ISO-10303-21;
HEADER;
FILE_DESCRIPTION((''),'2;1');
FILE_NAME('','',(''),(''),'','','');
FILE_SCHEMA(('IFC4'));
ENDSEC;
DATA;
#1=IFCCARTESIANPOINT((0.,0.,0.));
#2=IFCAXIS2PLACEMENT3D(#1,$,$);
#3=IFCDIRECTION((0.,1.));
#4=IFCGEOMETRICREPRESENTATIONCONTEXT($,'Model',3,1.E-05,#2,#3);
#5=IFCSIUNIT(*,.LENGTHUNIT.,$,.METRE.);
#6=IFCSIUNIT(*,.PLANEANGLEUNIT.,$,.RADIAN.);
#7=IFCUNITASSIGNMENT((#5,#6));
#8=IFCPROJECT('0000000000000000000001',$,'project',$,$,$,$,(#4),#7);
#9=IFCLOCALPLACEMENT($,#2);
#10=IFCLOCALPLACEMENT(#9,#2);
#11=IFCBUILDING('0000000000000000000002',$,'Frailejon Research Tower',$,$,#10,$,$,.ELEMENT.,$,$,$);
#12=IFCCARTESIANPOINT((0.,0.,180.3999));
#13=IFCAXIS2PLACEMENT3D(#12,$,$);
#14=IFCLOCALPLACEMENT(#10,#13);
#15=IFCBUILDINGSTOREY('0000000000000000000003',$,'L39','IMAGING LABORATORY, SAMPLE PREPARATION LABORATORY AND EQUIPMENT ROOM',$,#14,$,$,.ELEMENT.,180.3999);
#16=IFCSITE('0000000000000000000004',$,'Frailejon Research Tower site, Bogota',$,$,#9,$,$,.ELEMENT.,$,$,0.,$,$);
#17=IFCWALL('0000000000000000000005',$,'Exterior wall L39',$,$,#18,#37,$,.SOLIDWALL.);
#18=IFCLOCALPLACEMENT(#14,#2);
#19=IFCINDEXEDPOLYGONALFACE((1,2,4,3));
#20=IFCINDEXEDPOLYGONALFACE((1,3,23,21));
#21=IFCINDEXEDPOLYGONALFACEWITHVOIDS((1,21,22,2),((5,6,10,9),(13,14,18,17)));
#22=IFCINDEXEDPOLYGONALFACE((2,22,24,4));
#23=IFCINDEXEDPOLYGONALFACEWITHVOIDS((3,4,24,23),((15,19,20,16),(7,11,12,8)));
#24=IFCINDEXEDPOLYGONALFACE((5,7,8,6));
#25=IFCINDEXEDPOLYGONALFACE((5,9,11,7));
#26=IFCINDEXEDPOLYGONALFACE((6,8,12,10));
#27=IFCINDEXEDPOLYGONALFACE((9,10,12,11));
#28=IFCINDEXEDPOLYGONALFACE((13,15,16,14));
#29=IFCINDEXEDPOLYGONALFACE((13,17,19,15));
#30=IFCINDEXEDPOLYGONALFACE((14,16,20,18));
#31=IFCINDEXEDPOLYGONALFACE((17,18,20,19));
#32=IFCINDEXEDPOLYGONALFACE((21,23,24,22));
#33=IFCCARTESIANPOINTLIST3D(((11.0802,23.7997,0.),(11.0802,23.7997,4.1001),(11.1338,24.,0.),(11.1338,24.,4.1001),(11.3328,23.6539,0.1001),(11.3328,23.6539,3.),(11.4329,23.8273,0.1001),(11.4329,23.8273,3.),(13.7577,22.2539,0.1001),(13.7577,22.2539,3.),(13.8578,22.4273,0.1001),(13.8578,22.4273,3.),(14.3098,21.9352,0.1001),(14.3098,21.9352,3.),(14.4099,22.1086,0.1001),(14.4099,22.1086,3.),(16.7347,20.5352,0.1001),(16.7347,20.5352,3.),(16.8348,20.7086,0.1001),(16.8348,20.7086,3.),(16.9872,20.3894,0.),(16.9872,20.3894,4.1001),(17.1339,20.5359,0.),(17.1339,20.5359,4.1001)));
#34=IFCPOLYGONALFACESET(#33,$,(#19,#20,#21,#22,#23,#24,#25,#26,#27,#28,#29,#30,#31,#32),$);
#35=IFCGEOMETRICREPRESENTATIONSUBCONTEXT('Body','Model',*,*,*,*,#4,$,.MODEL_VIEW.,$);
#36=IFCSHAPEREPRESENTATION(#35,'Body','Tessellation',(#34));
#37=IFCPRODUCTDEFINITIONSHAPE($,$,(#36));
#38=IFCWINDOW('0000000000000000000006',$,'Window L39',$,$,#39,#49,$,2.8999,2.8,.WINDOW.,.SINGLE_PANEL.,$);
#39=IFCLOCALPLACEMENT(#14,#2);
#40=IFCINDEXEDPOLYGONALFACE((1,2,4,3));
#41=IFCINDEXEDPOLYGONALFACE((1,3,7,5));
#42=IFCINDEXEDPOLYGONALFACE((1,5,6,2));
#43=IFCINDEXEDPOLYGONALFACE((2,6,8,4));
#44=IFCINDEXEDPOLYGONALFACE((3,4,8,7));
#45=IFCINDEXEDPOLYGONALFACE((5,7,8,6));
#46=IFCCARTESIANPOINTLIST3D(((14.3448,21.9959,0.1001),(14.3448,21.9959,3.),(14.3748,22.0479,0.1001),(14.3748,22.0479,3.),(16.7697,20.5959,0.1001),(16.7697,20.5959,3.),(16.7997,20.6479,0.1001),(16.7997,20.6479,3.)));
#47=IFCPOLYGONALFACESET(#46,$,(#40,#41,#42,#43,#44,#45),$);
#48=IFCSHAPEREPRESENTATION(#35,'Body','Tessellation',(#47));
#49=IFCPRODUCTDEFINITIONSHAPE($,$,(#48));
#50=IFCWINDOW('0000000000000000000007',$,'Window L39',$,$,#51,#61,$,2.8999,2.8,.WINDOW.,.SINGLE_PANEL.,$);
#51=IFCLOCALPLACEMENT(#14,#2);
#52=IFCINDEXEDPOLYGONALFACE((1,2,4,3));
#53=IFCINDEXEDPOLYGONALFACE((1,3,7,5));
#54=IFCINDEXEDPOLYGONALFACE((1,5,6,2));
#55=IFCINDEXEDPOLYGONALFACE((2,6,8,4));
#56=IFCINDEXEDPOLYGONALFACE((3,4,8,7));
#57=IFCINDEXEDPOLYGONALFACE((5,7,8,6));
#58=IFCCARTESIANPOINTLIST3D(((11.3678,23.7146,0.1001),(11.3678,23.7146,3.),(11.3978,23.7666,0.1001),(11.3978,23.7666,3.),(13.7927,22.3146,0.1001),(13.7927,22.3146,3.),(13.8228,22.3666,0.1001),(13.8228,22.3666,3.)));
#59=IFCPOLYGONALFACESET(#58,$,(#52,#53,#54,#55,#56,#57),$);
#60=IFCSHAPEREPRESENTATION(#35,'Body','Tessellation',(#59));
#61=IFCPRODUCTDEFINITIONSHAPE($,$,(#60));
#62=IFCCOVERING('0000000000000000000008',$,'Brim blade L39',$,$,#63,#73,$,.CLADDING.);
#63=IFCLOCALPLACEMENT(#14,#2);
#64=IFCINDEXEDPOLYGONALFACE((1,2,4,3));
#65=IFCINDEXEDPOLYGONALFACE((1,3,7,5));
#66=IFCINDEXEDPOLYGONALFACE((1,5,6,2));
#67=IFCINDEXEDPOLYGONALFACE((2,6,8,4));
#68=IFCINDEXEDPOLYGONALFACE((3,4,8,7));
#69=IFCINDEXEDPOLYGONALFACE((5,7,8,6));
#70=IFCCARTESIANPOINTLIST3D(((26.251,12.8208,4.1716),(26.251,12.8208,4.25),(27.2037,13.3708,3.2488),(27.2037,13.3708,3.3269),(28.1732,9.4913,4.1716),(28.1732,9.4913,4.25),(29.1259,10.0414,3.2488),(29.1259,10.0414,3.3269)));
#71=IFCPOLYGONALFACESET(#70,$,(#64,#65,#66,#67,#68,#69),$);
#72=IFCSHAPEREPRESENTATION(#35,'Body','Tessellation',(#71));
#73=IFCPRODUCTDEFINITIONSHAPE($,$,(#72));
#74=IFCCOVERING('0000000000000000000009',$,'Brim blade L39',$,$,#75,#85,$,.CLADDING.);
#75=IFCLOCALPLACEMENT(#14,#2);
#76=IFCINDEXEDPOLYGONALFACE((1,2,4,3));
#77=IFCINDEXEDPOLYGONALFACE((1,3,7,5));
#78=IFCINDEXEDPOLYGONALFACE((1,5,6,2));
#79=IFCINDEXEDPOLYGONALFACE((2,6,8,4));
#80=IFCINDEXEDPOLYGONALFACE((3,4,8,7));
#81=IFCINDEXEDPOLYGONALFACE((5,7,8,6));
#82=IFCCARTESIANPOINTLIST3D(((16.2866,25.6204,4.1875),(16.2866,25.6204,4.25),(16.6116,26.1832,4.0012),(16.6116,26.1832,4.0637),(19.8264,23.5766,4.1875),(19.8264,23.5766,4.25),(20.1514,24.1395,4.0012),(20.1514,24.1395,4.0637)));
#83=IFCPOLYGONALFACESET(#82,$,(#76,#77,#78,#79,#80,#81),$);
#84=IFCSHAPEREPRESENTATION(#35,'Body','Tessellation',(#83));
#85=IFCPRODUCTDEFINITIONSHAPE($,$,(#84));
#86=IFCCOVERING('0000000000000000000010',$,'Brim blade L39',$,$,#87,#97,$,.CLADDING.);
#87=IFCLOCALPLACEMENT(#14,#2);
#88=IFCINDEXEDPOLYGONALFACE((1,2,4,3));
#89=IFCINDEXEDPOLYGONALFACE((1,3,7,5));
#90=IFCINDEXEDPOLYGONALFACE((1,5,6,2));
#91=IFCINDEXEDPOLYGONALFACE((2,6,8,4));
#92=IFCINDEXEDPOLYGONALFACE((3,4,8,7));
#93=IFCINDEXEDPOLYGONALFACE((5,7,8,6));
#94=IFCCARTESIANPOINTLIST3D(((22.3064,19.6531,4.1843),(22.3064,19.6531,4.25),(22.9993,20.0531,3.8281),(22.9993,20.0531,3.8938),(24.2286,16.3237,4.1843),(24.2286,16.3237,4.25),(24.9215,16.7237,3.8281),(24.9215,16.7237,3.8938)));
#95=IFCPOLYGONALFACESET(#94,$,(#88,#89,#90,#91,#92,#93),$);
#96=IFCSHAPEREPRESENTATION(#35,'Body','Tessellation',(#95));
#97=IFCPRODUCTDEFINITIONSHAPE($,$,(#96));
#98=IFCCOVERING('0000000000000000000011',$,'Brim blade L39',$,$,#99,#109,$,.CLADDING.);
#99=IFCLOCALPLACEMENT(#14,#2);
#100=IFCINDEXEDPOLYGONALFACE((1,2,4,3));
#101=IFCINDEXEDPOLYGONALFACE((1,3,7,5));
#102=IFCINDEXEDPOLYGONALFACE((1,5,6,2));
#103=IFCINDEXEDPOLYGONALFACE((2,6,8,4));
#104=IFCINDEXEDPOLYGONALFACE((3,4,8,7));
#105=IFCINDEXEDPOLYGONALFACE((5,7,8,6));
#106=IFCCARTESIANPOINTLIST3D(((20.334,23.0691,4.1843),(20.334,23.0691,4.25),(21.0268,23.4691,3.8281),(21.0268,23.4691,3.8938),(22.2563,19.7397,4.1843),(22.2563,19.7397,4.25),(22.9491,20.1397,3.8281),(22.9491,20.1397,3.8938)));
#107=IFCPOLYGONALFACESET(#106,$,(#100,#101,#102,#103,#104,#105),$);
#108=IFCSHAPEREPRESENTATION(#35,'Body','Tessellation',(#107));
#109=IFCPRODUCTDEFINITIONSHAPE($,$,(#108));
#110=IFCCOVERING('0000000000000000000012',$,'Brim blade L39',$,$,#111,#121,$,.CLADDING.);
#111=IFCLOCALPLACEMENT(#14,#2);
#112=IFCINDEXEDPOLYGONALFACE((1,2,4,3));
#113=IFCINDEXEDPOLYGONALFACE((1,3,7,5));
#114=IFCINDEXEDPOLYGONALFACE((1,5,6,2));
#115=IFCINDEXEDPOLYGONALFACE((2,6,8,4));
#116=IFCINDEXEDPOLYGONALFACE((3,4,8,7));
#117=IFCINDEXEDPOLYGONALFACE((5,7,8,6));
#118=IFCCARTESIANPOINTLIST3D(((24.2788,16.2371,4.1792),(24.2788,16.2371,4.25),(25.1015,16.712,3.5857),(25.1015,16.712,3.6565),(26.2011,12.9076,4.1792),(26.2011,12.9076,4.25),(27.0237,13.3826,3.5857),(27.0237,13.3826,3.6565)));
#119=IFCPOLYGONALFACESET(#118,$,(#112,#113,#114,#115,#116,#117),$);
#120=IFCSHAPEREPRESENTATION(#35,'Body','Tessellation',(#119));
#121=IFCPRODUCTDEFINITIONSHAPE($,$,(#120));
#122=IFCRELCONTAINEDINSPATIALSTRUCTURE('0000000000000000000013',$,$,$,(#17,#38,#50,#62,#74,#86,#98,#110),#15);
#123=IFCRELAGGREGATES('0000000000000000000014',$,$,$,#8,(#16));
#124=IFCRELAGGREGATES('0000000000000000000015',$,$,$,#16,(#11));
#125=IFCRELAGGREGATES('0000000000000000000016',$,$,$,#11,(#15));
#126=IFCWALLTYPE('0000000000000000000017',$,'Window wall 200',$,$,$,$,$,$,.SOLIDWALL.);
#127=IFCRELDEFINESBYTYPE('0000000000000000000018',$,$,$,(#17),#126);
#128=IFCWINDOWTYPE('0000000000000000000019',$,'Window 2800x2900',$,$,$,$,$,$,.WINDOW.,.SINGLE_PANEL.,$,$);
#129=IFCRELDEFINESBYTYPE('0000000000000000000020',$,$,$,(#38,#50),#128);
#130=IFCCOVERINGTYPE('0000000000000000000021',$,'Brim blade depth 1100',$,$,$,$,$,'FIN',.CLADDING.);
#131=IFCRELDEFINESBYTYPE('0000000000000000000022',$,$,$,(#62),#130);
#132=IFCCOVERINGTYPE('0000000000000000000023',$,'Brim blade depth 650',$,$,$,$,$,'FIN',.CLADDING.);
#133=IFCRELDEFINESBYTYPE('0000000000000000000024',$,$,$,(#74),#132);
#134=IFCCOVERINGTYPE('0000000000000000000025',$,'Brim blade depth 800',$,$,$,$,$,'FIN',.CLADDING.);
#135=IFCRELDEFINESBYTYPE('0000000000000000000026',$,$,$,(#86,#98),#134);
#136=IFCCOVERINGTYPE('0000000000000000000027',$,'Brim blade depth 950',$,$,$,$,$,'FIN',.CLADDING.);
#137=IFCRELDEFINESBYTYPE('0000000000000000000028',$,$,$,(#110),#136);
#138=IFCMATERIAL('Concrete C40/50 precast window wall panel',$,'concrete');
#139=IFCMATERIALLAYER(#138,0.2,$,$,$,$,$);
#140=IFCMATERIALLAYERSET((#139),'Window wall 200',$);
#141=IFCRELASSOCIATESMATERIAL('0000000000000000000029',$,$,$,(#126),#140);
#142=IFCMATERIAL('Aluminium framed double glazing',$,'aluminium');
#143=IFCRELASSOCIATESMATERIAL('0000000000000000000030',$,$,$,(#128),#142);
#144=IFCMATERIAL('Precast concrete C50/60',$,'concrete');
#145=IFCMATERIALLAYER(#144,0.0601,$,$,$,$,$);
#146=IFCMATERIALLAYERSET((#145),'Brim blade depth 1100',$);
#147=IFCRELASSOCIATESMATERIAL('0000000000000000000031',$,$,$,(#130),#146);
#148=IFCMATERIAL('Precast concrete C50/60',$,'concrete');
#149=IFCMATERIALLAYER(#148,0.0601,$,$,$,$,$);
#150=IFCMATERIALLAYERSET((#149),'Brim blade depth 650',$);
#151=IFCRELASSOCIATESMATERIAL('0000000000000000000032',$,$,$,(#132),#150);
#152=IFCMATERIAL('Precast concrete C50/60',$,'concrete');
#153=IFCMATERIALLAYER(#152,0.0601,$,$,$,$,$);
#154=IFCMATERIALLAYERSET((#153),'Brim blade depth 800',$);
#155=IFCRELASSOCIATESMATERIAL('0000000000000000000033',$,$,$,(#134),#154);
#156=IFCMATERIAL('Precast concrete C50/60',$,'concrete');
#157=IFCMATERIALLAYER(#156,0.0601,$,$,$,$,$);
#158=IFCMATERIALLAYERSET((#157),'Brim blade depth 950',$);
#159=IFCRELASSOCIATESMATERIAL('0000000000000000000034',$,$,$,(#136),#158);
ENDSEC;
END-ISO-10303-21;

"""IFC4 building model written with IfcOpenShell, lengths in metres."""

from ifc_helpers import new_model, si_unit, direction, frame, frame_2d, origin, place, context, subcontext, project, spatial, polyline, rectangle, outline, extrude, material, layer, layer_set, type_object, element, fill, save


model = new_model("IFC4")

# Units and contexts
model_context = context("Model", 3, precision=1e-05, world=origin(), true_north=direction((0.0, 1.0)))
body_context = subcontext(model_context, "Body", "Model", "MODEL_VIEW")
ifc_project = project(units=[si_unit("LENGTHUNIT", "METRE"), si_unit("PLANEANGLEUNIT", "RADIAN")], contexts=[model_context])

# Site, building, storey
site_placement = place(None, origin())
site = spatial("IfcSite", under=ifc_project, at=site_placement, Name="Frailejon Research Tower site, Bogota", CompositionType="ELEMENT", RefElevation=0.0)
building_placement = place(site_placement, origin())
building = spatial("IfcBuilding", under=site, at=building_placement, Name="Frailejon Research Tower", CompositionType="ELEMENT")
storey_placement = place(building_placement, frame((0.0, 0.0, 180.3999)))
storey = spatial("IfcBuildingStorey", under=building, at=storey_placement, Name="L39", Description="IMAGING LABORATORY, SAMPLE PREPARATION LABORATORY AND EQUIPMENT ROOM", CompositionType="ELEMENT", Elevation=180.3999)

# Wall, openings, windows
ifc_material_1 = material(Name="Concrete C40/50 precast window wall panel", Category="concrete")
ifc_layer_1 = layer(ifc_material_1, 0.2)
ifc_layer_set_1 = layer_set([ifc_layer_1], Name="Window wall 200")
wall_type = type_object("IfcWallType", Name="Window wall 200", PredefinedType="SOLIDWALL", material=ifc_layer_set_1)
wall_placement = place(storey_placement, frame((17.0605, 20.4626, 0.0), z_axis=(0.0, 0.0, 1.0), x_axis=(-0.866029, 0.499993, 0.0)))
wall = element("IfcWall", 1, at=wall_placement, inside=storey, type_object=wall_type, Name="Exterior wall L39", PredefinedType="SOLIDWALL", context=body_context, shape_type="SweptSolid", body=[
    extrude(outline(polyline([(-0.0269, -0.1001), (1.1279, -0.1001), (2.2825, -0.1001), (3.4373, -0.1001), (4.592, -0.1001), (5.7466, -0.1001), (6.9014, -0.1001), (6.8477, 0.1001), (5.7109, 0.1001), (4.574, 0.1001), (3.4373, 0.1001), (2.3005, 0.1001), (1.1636, 0.1001), (0.0269, 0.1001), (-0.0269, -0.1001)])), origin(), (0.0, 0.0, 1.0), 4.1001),
])
opening_1_placement = place(wall_placement, frame((0.3186, 0.0, 0.1001)))
opening_1 = element("IfcOpeningElement", 2, at=opening_1_placement, cuts=wall, PredefinedType="OPENING", context=body_context, shape_type="SweptSolid", body=[
    extrude(rectangle(XDim=2.8, YDim=2.8999, at=frame_2d((1.3999, 1.45))), frame((0.0, 0.1099, 0.0), z_axis=(0.0, -1.0, 0.0), x_axis=(1.0, 0.0, 0.0)), (0.0, 0.0, 1.0), 0.22),
])
opening_2_placement = place(wall_placement, frame((3.7561, 0.0, 0.1001)))
opening_2 = element("IfcOpeningElement", 3, at=opening_2_placement, cuts=wall, PredefinedType="OPENING", context=body_context, shape_type="SweptSolid", body=[
    extrude(rectangle(XDim=2.8, YDim=2.8999, at=frame_2d((1.3999, 1.45))), frame((0.0, 0.1099, 0.0), z_axis=(0.0, -1.0, 0.0), x_axis=(1.0, 0.0, 0.0)), (0.0, 0.0, 1.0), 0.22),
])
ifc_material_2 = material(Name="Aluminium framed double glazing", Category="aluminium")
window_type = type_object("IfcWindowType", Name="Window 2800x2900", PartitioningType="SINGLE_PANEL", PredefinedType="WINDOW", material=ifc_material_2)
window_1_placement = place(opening_1_placement, origin())
window_1 = element("IfcWindow", 4, at=window_1_placement, inside=storey, type_object=window_type, Name="Window L39", OverallHeight=2.8999, OverallWidth=2.8, PartitioningType="SINGLE_PANEL", PredefinedType="WINDOW", context=body_context, shape_type="SweptSolid", body=[
    extrude(rectangle(XDim=2.8, YDim=2.8999, at=frame_2d((1.3999, 1.45))), frame((0.0, 0.03, 0.0), z_axis=(0.0, -1.0, 0.0), x_axis=(1.0, 0.0, 0.0)), (0.0, 0.0, 1.0), 0.0601),
])
fill(opening_1, window_1)
window_2_placement = place(opening_2_placement, origin())
window_2 = element("IfcWindow", 5, at=window_2_placement, inside=storey, type_object=window_type, Name="Window L39", OverallHeight=2.8999, OverallWidth=2.8, PartitioningType="SINGLE_PANEL", PredefinedType="WINDOW", context=body_context, shape_type="SweptSolid", body=[
    extrude(rectangle(XDim=2.8, YDim=2.8999, at=frame_2d((1.3999, 1.45))), frame((0.0, 0.03, 0.0), z_axis=(0.0, -1.0, 0.0), x_axis=(1.0, 0.0, 0.0)), (0.0, 0.0, 1.0), 0.0601),
])
fill(opening_2, window_2)

# Coverings
ifc_material_3 = material(Name="Precast concrete C50/60", Category="concrete")
ifc_layer_2 = layer(ifc_material_3, 0.0601)
ifc_layer_set_2 = layer_set([ifc_layer_2], Name="Brim blade depth 1100")
covering_type_1 = type_object("IfcCoveringType", Name="Brim blade depth 1100", ElementType="FIN", PredefinedType="CLADDING", material=ifc_layer_set_2)
covering_1_placement = place(storey_placement, frame((26.251, 12.8208, 4.25), z_axis=(0.499984, -0.866035, 0.0), x_axis=(0.866035, 0.499984, 0.0)))
element("IfcCovering", 6, at=covering_1_placement, inside=storey, type_object=covering_type_1, Name="Brim blade L39", PredefinedType="CLADDING", context=body_context, shape_type="SweptSolid", body=[
    extrude(outline(polyline([(0.0, -0.0784), (1.1001, -1.0012), (1.1001, -0.9231), (0.0, 0.0), (0.0, -0.0784)])), origin(), (0.0, 0.0, 1.0), 3.8445),
])
ifc_material_4 = material(Name="Precast concrete C50/60", Category="concrete")
ifc_layer_3 = layer(ifc_material_4, 0.0601)
ifc_layer_set_3 = layer_set([ifc_layer_3], Name="Brim blade depth 650")
covering_type_2 = type_object("IfcCoveringType", Name="Brim blade depth 650", ElementType="FIN", PredefinedType="CLADDING", material=ifc_layer_set_3)
covering_2_placement = place(storey_placement, frame((16.2866, 25.6204, 4.25), z_axis=(0.866021, -0.500007, 0.0), x_axis=(0.500007, 0.866021, 0.0)))
element("IfcCovering", 7, at=covering_2_placement, inside=storey, type_object=covering_type_2, Name="Brim blade L39", PredefinedType="CLADDING", context=body_context, shape_type="SweptSolid", body=[
    extrude(outline(polyline([(0.0, -0.0625), (0.6499, -0.2488), (0.6499, -0.1863), (0.0, 0.0), (0.0, -0.0625)])), origin(), (0.0, 0.0, 1.0), 4.0874),
])
ifc_material_5 = material(Name="Precast concrete C50/60", Category="concrete")
ifc_layer_4 = layer(ifc_material_5, 0.0601)
ifc_layer_set_4 = layer_set([ifc_layer_4], Name="Brim blade depth 800")
covering_type_3 = type_object("IfcCoveringType", Name="Brim blade depth 800", ElementType="FIN", PredefinedType="CLADDING", material=ifc_layer_set_4)
for number, where, z_axis, x_axis, name in (
    (8, (22.3064, 19.6531, 4.25), (0.500003, -0.866024, 0.0), (0.866024, 0.500003, 0.0), "Brim blade L39"),
    (9, (20.334, 23.0691, 4.25), (0.500014, -0.866018, 0.0), (0.866018, 0.500014, 0.0), "Brim blade L39"),
):
    element("IfcCovering", number, at=place(storey_placement, frame(where, z_axis=z_axis, x_axis=x_axis)), inside=storey, type_object=covering_type_3, Name=name, PredefinedType="CLADDING", context=body_context, shape_type="SweptSolid", body=[
        extrude(outline(polyline([(0.0, -0.0657), (0.8, -0.4219), (0.8, -0.3562), (0.0, 0.0), (0.0, -0.0657)])), origin(), (0.0, 0.0, 1.0), 3.8445),
    ])
ifc_material_6 = material(Name="Precast concrete C50/60", Category="concrete")
ifc_layer_5 = layer(ifc_material_6, 0.0601)
ifc_layer_set_5 = layer_set([ifc_layer_5], Name="Brim blade depth 950")
covering_type_4 = type_object("IfcCoveringType", Name="Brim blade depth 950", ElementType="FIN", PredefinedType="CLADDING", material=ifc_layer_set_5)
covering_3_placement = place(storey_placement, frame((24.2788, 16.2371, 4.25), z_axis=(0.500003, -0.866024, 0.0), x_axis=(0.866024, 0.500003, 0.0)))
element("IfcCovering", 10, at=covering_3_placement, inside=storey, type_object=covering_type_4, Name="Brim blade L39", PredefinedType="CLADDING", context=body_context, shape_type="SweptSolid", body=[
    extrude(outline(polyline([(0.0, -0.0708), (0.95, -0.6643), (0.95, -0.5935), (0.0, 0.0), (0.0, -0.0708)])), origin(), (0.0, 0.0, 1.0), 3.8445),
])

save(model, "model.ifc")
